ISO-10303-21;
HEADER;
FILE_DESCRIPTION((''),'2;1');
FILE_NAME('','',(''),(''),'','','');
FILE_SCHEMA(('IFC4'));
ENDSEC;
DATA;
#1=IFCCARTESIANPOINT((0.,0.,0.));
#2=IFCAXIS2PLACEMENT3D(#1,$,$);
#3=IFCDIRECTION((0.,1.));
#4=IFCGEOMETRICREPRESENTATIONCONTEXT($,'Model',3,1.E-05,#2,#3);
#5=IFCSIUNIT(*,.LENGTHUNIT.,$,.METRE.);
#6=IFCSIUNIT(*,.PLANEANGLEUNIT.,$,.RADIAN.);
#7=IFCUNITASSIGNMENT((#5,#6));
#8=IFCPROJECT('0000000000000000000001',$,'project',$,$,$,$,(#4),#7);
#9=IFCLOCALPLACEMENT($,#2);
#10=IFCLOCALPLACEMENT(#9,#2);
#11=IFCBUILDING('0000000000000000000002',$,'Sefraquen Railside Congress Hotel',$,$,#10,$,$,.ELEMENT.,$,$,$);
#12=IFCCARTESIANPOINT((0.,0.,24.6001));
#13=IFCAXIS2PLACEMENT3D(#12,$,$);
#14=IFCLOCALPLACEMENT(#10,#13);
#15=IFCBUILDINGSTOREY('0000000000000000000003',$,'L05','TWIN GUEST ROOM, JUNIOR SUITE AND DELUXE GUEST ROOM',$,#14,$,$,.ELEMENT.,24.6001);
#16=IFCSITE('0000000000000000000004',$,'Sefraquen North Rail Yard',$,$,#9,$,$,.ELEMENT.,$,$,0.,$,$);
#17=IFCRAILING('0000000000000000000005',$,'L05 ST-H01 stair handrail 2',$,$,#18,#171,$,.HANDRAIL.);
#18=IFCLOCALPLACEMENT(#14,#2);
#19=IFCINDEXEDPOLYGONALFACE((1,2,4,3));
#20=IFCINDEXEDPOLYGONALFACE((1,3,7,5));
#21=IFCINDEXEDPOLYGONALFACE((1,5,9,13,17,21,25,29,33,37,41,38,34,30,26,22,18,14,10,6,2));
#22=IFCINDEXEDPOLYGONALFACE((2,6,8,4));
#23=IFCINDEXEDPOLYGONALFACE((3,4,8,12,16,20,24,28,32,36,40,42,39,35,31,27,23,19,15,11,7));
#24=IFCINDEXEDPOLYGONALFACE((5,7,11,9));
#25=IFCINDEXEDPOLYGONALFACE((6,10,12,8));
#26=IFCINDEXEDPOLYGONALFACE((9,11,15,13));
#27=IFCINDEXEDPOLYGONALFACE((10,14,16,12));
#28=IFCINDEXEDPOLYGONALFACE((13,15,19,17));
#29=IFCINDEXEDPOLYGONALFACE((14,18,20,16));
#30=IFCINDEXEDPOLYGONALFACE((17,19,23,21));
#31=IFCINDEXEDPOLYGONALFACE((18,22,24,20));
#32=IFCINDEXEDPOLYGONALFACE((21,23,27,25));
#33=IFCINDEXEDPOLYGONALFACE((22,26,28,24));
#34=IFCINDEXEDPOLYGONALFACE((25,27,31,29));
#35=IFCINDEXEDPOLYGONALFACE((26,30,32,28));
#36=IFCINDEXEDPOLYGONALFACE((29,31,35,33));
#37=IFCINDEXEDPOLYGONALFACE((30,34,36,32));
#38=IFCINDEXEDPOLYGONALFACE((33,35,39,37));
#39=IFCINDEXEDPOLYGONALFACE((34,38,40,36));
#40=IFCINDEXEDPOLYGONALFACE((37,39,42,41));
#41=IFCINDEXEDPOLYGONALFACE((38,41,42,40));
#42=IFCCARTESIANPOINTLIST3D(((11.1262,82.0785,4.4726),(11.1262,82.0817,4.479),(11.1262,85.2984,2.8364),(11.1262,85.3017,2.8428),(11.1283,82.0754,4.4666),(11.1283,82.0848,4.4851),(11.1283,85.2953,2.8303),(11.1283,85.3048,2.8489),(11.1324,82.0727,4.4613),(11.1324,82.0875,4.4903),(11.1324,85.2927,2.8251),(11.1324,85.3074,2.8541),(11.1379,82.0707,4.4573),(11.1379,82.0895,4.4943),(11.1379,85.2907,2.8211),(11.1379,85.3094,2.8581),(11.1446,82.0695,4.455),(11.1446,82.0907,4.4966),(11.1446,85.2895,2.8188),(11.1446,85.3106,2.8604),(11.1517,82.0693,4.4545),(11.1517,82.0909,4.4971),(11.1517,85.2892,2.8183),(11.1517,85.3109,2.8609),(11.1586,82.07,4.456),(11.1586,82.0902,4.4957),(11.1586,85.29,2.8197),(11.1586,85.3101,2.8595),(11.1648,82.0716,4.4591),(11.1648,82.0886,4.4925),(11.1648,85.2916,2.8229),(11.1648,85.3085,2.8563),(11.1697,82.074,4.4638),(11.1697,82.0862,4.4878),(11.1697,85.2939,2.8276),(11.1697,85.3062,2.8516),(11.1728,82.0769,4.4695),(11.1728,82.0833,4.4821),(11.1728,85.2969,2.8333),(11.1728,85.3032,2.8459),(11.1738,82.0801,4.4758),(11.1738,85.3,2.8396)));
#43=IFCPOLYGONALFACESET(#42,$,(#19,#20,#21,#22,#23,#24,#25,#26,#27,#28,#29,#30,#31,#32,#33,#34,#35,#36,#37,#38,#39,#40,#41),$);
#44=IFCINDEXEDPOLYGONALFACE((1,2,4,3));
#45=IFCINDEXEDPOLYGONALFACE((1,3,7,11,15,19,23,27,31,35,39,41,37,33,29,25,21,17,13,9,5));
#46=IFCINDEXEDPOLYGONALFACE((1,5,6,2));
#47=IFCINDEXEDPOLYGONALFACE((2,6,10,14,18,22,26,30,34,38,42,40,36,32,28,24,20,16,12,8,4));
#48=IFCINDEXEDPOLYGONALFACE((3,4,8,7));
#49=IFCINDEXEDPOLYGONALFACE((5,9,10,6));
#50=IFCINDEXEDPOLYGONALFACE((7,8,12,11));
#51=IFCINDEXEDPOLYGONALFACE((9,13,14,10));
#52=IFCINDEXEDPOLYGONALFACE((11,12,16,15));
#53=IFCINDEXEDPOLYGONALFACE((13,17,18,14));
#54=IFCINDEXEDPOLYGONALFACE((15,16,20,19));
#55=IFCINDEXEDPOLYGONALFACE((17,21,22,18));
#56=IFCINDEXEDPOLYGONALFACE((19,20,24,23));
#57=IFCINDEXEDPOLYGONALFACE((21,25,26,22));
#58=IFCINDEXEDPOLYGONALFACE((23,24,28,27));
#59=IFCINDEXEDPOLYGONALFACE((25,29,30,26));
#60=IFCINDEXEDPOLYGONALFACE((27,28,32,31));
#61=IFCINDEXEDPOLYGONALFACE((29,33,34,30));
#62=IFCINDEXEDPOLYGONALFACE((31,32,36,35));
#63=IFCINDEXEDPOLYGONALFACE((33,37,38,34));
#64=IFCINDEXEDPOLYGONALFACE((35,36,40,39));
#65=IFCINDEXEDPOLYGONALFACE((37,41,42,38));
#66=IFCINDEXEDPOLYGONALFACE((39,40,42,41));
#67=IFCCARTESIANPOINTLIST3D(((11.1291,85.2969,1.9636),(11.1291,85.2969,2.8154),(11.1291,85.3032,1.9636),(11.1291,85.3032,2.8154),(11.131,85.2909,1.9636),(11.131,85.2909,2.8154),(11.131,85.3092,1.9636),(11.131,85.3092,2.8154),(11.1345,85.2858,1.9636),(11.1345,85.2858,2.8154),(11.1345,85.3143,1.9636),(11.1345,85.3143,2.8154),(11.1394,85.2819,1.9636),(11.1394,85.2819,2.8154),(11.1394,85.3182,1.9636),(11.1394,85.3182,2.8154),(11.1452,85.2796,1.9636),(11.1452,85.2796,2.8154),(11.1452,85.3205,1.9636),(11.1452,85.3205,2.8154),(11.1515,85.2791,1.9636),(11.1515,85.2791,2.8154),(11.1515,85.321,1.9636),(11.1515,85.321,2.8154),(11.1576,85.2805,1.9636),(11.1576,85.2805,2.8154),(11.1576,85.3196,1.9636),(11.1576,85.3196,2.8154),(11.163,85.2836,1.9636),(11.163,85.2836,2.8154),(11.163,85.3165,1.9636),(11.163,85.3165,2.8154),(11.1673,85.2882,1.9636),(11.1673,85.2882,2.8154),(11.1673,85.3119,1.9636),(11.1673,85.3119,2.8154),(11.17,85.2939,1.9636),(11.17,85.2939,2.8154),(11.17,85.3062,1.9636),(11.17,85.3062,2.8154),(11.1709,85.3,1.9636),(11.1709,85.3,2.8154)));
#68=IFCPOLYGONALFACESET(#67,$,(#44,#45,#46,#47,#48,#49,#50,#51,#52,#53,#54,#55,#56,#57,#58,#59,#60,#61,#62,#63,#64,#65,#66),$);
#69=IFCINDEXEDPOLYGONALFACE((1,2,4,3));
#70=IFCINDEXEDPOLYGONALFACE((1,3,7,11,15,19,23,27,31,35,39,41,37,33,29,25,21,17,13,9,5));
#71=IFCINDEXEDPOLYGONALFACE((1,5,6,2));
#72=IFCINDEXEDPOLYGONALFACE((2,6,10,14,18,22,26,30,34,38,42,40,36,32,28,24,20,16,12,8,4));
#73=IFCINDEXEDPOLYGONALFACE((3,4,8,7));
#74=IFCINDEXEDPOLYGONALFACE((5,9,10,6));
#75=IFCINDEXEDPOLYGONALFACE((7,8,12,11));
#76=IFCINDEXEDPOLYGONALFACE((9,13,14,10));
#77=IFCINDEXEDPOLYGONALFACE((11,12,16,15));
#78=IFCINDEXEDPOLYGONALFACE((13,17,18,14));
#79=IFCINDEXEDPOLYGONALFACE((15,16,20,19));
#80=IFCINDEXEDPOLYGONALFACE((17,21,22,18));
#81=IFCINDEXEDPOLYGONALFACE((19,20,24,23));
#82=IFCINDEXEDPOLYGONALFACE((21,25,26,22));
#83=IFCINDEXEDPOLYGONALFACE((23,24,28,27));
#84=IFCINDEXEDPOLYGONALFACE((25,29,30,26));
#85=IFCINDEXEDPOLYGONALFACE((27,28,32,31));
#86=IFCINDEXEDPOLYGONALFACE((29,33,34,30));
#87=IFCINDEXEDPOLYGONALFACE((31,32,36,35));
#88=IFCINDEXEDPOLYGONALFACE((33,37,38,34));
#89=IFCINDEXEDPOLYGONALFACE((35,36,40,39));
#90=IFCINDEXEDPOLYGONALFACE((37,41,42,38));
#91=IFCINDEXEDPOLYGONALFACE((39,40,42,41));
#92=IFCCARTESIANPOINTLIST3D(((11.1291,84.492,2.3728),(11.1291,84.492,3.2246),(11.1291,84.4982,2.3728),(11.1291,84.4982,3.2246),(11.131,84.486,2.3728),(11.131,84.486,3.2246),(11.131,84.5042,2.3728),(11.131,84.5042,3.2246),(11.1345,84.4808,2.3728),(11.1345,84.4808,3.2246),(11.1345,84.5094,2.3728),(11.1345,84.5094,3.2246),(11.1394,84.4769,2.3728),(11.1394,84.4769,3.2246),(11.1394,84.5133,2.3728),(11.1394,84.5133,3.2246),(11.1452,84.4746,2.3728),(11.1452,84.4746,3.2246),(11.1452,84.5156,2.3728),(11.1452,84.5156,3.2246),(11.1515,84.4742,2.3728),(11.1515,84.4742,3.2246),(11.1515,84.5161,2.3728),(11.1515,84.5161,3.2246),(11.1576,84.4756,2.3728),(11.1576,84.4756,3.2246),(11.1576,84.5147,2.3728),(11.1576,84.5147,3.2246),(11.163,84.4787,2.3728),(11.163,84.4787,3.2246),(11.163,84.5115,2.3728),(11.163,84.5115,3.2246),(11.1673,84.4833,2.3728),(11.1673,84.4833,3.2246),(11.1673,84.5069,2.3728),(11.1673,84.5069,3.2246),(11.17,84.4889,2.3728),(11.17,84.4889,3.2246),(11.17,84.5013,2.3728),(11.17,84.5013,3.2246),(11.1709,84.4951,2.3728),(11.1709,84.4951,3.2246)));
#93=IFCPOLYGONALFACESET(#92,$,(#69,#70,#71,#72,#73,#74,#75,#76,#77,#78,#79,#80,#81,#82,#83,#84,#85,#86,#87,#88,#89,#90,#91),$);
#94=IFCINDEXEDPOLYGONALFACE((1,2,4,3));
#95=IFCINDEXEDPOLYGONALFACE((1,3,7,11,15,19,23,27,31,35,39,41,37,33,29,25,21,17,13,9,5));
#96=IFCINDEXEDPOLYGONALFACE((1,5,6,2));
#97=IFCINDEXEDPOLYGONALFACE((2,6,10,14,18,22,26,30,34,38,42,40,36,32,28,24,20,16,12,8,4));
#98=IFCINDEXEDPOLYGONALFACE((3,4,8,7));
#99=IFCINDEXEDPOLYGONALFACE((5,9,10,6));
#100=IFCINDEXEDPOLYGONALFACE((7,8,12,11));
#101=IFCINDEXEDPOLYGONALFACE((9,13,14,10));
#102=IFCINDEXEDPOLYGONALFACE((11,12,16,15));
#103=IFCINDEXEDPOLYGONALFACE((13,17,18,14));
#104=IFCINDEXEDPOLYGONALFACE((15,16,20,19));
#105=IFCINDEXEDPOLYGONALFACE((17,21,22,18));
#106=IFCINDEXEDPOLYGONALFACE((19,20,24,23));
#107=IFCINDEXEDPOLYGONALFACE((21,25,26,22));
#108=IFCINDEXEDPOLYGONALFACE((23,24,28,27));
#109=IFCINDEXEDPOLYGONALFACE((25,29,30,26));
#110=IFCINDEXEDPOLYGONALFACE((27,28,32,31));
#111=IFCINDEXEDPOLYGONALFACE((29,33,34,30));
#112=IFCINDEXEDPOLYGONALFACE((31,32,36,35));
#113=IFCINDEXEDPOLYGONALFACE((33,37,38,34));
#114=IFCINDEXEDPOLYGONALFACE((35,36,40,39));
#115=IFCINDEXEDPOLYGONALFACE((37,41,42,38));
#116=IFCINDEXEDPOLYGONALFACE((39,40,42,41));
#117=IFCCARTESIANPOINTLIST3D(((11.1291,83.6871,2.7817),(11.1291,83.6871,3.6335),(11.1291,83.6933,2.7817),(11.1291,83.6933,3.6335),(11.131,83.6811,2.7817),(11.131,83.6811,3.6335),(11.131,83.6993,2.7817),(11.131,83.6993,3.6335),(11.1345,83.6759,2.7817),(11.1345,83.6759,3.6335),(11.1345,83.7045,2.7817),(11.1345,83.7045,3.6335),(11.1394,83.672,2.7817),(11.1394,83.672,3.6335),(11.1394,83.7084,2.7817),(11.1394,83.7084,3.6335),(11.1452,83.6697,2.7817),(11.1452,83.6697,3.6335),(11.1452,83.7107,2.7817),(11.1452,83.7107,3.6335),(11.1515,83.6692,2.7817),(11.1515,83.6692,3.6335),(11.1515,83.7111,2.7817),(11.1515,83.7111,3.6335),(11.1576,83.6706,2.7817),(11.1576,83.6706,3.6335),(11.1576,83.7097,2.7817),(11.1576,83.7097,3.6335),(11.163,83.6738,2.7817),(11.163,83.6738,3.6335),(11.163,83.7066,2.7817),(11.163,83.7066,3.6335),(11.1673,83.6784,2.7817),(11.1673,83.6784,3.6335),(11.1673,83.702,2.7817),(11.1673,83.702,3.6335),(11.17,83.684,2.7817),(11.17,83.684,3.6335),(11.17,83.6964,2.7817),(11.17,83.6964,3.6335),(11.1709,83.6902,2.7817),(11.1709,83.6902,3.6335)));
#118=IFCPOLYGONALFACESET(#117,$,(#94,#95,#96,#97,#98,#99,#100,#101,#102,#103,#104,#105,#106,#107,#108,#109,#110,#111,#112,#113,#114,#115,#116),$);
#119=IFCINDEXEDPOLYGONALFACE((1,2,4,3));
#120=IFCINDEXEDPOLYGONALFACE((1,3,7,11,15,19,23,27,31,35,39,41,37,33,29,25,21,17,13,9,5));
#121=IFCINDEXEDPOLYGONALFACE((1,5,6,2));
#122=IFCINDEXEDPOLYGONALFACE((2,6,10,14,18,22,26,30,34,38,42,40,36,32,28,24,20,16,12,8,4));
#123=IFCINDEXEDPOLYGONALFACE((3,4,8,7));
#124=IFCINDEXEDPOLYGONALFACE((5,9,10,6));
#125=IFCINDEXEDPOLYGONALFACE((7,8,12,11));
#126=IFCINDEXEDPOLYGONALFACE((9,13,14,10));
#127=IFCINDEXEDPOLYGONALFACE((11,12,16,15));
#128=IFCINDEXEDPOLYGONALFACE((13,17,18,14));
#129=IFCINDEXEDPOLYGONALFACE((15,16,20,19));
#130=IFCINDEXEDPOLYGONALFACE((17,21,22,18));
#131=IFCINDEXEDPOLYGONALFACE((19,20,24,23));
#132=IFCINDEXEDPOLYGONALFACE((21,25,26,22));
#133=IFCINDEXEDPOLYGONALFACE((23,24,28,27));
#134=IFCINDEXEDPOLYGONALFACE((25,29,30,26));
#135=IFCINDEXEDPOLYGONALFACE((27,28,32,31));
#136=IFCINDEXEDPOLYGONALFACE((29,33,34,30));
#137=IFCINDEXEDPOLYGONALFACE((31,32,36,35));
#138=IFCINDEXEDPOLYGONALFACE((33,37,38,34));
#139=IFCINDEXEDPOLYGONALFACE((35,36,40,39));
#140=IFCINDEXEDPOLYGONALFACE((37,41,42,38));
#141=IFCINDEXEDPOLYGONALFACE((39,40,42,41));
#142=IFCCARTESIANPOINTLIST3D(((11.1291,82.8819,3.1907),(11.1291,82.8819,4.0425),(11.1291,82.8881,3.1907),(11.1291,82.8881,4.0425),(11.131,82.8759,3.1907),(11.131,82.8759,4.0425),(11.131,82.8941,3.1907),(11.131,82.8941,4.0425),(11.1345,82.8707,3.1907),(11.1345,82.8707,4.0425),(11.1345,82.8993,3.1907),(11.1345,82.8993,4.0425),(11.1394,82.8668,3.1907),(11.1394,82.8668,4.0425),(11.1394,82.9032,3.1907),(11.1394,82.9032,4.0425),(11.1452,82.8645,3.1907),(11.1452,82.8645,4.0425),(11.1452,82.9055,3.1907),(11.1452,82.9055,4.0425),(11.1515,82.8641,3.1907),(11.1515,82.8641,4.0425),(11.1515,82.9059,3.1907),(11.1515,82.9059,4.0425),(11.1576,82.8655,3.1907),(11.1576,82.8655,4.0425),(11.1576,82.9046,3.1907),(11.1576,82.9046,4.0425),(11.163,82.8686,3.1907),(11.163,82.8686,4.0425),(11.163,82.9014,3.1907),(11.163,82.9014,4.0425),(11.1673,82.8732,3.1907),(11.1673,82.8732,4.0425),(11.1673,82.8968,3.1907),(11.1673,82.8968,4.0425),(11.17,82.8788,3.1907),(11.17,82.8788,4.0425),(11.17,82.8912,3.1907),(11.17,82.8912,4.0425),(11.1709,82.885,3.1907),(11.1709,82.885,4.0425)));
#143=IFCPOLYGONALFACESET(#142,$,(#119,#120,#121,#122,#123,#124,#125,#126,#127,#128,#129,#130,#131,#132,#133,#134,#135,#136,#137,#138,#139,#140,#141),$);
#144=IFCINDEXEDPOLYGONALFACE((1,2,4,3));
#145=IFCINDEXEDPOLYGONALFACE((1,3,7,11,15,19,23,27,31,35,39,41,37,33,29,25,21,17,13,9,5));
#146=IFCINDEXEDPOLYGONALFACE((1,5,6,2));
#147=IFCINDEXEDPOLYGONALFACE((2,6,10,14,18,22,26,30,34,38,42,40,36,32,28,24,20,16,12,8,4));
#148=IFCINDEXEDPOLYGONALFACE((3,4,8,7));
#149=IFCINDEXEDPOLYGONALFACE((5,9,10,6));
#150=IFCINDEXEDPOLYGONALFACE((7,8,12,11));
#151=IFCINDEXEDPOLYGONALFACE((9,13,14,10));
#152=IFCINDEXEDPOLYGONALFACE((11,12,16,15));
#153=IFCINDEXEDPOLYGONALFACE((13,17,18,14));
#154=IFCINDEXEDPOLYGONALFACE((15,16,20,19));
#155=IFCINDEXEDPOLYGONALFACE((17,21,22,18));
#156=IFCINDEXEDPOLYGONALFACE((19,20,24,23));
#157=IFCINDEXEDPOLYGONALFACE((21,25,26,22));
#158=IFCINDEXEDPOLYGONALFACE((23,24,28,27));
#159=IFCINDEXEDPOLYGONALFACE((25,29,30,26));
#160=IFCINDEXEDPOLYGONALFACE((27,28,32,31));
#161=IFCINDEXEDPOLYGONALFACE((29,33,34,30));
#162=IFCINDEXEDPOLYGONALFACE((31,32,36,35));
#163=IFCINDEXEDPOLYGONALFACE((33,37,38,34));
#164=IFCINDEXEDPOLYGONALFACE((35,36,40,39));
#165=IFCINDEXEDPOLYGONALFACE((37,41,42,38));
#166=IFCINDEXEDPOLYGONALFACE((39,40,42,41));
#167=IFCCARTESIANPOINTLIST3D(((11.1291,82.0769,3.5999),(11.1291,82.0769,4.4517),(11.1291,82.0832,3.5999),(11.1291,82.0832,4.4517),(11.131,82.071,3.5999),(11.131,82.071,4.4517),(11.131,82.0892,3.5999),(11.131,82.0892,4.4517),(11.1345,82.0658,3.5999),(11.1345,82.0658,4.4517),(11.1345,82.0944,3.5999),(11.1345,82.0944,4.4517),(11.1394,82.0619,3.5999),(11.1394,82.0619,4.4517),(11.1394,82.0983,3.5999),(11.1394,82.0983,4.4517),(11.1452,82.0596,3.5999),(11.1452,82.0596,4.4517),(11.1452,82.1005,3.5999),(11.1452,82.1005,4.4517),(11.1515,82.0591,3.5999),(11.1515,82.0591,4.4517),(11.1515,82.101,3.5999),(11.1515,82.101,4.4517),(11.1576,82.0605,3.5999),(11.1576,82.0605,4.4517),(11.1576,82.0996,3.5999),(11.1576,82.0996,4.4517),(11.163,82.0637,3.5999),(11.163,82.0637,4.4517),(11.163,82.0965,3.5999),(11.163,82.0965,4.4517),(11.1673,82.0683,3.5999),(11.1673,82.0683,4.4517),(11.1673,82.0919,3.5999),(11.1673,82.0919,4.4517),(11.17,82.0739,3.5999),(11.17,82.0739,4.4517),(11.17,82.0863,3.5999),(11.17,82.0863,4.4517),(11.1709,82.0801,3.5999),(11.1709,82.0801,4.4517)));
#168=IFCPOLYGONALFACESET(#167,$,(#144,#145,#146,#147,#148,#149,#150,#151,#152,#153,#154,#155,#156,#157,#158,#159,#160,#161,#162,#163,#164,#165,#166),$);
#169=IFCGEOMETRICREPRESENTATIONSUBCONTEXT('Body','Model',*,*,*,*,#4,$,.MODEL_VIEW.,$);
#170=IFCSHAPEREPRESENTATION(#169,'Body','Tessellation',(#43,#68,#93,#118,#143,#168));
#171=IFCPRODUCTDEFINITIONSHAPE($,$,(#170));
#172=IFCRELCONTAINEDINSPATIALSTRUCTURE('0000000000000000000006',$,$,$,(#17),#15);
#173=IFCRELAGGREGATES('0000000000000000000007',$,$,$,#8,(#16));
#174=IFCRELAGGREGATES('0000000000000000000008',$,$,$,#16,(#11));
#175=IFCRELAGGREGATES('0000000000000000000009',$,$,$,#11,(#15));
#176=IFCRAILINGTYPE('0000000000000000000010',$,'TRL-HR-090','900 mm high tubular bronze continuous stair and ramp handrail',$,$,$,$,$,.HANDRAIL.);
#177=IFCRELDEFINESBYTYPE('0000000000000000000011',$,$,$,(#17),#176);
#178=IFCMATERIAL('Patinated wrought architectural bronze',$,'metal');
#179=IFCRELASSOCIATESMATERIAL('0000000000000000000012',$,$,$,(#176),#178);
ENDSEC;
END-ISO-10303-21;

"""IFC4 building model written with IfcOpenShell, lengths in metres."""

from ifc_helpers import new_model, si_unit, direction, frame, origin, origin_2d, place, context, subcontext, project, spatial, circle, extrude, material, type_object, element, save


model = new_model("IFC4")

# Units and contexts
model_context = context("Model", 3, precision=1e-05, world=origin(), true_north=direction((0.0, 1.0)))
body_context = subcontext(model_context, "Body", "Model", "MODEL_VIEW")
ifc_project = project(units=[si_unit("LENGTHUNIT", "METRE"), si_unit("PLANEANGLEUNIT", "RADIAN")], contexts=[model_context])

# Site, building, storey
site_placement = place(None, origin())
site = spatial("IfcSite", under=ifc_project, at=site_placement, Name="Sefraquen North Rail Yard", CompositionType="ELEMENT", RefElevation=0.0)
building_placement = place(site_placement, origin())
building = spatial("IfcBuilding", under=site, at=building_placement, Name="Sefraquen Railside Congress Hotel", CompositionType="ELEMENT")
storey_placement = place(building_placement, frame((0.0, 0.0, 24.6001)))
storey = spatial("IfcBuildingStorey", under=building, at=storey_placement, Name="L05", Description="TWIN GUEST ROOM, JUNIOR SUITE AND DELUXE GUEST ROOM", CompositionType="ELEMENT", Elevation=24.6001)

# Railing
ifc_material_1 = material(Name="Patinated wrought architectural bronze", Category="metal")
railing_type_1 = type_object("IfcRailingType", Name="TRL-HR-090", Description="900 mm high tubular bronze continuous stair and ramp handrail", PredefinedType="HANDRAIL", material=ifc_material_1)
railing_1_placement = place(storey_placement, frame((11.1499, 85.3, 1.9636)))
element("IfcRailing", 1, at=railing_1_placement, inside=storey, type_object=railing_type_1, Name="L05 ST-H01 stair handrail 2", PredefinedType="HANDRAIL", context=body_context, shape_type="SweptSolid", body=[
    extrude(circle(Radius=0.0239, at=origin_2d()), frame((0.0, 0.0, 0.876), z_axis=(0.0, -0.891502, 0.453017), x_axis=(1.0, 0.0, 0.0)), (0.0, 0.0, 1.0), 3.6118),
    extrude(circle(Radius=0.021, at=origin_2d()), origin(), (0.0, 0.0, 1.0), 0.8518),
    extrude(circle(Radius=0.021, at=origin_2d()), frame((0.0, -0.8049, 0.4092)), (0.0, 0.0, 1.0), 0.8518),
    extrude(circle(Radius=0.021, at=origin_2d()), frame((0.0, -1.6099, 0.8181)), (0.0, 0.0, 1.0), 0.8518),
    extrude(circle(Radius=0.021, at=origin_2d()), frame((0.0, -2.415, 1.2271)), (0.0, 0.0, 1.0), 0.8518),
    extrude(circle(Radius=0.021, at=origin_2d()), frame((0.0, -3.22, 1.6362)), (0.0, 0.0, 1.0), 0.8518),
])

save(model, "model.ifc")
